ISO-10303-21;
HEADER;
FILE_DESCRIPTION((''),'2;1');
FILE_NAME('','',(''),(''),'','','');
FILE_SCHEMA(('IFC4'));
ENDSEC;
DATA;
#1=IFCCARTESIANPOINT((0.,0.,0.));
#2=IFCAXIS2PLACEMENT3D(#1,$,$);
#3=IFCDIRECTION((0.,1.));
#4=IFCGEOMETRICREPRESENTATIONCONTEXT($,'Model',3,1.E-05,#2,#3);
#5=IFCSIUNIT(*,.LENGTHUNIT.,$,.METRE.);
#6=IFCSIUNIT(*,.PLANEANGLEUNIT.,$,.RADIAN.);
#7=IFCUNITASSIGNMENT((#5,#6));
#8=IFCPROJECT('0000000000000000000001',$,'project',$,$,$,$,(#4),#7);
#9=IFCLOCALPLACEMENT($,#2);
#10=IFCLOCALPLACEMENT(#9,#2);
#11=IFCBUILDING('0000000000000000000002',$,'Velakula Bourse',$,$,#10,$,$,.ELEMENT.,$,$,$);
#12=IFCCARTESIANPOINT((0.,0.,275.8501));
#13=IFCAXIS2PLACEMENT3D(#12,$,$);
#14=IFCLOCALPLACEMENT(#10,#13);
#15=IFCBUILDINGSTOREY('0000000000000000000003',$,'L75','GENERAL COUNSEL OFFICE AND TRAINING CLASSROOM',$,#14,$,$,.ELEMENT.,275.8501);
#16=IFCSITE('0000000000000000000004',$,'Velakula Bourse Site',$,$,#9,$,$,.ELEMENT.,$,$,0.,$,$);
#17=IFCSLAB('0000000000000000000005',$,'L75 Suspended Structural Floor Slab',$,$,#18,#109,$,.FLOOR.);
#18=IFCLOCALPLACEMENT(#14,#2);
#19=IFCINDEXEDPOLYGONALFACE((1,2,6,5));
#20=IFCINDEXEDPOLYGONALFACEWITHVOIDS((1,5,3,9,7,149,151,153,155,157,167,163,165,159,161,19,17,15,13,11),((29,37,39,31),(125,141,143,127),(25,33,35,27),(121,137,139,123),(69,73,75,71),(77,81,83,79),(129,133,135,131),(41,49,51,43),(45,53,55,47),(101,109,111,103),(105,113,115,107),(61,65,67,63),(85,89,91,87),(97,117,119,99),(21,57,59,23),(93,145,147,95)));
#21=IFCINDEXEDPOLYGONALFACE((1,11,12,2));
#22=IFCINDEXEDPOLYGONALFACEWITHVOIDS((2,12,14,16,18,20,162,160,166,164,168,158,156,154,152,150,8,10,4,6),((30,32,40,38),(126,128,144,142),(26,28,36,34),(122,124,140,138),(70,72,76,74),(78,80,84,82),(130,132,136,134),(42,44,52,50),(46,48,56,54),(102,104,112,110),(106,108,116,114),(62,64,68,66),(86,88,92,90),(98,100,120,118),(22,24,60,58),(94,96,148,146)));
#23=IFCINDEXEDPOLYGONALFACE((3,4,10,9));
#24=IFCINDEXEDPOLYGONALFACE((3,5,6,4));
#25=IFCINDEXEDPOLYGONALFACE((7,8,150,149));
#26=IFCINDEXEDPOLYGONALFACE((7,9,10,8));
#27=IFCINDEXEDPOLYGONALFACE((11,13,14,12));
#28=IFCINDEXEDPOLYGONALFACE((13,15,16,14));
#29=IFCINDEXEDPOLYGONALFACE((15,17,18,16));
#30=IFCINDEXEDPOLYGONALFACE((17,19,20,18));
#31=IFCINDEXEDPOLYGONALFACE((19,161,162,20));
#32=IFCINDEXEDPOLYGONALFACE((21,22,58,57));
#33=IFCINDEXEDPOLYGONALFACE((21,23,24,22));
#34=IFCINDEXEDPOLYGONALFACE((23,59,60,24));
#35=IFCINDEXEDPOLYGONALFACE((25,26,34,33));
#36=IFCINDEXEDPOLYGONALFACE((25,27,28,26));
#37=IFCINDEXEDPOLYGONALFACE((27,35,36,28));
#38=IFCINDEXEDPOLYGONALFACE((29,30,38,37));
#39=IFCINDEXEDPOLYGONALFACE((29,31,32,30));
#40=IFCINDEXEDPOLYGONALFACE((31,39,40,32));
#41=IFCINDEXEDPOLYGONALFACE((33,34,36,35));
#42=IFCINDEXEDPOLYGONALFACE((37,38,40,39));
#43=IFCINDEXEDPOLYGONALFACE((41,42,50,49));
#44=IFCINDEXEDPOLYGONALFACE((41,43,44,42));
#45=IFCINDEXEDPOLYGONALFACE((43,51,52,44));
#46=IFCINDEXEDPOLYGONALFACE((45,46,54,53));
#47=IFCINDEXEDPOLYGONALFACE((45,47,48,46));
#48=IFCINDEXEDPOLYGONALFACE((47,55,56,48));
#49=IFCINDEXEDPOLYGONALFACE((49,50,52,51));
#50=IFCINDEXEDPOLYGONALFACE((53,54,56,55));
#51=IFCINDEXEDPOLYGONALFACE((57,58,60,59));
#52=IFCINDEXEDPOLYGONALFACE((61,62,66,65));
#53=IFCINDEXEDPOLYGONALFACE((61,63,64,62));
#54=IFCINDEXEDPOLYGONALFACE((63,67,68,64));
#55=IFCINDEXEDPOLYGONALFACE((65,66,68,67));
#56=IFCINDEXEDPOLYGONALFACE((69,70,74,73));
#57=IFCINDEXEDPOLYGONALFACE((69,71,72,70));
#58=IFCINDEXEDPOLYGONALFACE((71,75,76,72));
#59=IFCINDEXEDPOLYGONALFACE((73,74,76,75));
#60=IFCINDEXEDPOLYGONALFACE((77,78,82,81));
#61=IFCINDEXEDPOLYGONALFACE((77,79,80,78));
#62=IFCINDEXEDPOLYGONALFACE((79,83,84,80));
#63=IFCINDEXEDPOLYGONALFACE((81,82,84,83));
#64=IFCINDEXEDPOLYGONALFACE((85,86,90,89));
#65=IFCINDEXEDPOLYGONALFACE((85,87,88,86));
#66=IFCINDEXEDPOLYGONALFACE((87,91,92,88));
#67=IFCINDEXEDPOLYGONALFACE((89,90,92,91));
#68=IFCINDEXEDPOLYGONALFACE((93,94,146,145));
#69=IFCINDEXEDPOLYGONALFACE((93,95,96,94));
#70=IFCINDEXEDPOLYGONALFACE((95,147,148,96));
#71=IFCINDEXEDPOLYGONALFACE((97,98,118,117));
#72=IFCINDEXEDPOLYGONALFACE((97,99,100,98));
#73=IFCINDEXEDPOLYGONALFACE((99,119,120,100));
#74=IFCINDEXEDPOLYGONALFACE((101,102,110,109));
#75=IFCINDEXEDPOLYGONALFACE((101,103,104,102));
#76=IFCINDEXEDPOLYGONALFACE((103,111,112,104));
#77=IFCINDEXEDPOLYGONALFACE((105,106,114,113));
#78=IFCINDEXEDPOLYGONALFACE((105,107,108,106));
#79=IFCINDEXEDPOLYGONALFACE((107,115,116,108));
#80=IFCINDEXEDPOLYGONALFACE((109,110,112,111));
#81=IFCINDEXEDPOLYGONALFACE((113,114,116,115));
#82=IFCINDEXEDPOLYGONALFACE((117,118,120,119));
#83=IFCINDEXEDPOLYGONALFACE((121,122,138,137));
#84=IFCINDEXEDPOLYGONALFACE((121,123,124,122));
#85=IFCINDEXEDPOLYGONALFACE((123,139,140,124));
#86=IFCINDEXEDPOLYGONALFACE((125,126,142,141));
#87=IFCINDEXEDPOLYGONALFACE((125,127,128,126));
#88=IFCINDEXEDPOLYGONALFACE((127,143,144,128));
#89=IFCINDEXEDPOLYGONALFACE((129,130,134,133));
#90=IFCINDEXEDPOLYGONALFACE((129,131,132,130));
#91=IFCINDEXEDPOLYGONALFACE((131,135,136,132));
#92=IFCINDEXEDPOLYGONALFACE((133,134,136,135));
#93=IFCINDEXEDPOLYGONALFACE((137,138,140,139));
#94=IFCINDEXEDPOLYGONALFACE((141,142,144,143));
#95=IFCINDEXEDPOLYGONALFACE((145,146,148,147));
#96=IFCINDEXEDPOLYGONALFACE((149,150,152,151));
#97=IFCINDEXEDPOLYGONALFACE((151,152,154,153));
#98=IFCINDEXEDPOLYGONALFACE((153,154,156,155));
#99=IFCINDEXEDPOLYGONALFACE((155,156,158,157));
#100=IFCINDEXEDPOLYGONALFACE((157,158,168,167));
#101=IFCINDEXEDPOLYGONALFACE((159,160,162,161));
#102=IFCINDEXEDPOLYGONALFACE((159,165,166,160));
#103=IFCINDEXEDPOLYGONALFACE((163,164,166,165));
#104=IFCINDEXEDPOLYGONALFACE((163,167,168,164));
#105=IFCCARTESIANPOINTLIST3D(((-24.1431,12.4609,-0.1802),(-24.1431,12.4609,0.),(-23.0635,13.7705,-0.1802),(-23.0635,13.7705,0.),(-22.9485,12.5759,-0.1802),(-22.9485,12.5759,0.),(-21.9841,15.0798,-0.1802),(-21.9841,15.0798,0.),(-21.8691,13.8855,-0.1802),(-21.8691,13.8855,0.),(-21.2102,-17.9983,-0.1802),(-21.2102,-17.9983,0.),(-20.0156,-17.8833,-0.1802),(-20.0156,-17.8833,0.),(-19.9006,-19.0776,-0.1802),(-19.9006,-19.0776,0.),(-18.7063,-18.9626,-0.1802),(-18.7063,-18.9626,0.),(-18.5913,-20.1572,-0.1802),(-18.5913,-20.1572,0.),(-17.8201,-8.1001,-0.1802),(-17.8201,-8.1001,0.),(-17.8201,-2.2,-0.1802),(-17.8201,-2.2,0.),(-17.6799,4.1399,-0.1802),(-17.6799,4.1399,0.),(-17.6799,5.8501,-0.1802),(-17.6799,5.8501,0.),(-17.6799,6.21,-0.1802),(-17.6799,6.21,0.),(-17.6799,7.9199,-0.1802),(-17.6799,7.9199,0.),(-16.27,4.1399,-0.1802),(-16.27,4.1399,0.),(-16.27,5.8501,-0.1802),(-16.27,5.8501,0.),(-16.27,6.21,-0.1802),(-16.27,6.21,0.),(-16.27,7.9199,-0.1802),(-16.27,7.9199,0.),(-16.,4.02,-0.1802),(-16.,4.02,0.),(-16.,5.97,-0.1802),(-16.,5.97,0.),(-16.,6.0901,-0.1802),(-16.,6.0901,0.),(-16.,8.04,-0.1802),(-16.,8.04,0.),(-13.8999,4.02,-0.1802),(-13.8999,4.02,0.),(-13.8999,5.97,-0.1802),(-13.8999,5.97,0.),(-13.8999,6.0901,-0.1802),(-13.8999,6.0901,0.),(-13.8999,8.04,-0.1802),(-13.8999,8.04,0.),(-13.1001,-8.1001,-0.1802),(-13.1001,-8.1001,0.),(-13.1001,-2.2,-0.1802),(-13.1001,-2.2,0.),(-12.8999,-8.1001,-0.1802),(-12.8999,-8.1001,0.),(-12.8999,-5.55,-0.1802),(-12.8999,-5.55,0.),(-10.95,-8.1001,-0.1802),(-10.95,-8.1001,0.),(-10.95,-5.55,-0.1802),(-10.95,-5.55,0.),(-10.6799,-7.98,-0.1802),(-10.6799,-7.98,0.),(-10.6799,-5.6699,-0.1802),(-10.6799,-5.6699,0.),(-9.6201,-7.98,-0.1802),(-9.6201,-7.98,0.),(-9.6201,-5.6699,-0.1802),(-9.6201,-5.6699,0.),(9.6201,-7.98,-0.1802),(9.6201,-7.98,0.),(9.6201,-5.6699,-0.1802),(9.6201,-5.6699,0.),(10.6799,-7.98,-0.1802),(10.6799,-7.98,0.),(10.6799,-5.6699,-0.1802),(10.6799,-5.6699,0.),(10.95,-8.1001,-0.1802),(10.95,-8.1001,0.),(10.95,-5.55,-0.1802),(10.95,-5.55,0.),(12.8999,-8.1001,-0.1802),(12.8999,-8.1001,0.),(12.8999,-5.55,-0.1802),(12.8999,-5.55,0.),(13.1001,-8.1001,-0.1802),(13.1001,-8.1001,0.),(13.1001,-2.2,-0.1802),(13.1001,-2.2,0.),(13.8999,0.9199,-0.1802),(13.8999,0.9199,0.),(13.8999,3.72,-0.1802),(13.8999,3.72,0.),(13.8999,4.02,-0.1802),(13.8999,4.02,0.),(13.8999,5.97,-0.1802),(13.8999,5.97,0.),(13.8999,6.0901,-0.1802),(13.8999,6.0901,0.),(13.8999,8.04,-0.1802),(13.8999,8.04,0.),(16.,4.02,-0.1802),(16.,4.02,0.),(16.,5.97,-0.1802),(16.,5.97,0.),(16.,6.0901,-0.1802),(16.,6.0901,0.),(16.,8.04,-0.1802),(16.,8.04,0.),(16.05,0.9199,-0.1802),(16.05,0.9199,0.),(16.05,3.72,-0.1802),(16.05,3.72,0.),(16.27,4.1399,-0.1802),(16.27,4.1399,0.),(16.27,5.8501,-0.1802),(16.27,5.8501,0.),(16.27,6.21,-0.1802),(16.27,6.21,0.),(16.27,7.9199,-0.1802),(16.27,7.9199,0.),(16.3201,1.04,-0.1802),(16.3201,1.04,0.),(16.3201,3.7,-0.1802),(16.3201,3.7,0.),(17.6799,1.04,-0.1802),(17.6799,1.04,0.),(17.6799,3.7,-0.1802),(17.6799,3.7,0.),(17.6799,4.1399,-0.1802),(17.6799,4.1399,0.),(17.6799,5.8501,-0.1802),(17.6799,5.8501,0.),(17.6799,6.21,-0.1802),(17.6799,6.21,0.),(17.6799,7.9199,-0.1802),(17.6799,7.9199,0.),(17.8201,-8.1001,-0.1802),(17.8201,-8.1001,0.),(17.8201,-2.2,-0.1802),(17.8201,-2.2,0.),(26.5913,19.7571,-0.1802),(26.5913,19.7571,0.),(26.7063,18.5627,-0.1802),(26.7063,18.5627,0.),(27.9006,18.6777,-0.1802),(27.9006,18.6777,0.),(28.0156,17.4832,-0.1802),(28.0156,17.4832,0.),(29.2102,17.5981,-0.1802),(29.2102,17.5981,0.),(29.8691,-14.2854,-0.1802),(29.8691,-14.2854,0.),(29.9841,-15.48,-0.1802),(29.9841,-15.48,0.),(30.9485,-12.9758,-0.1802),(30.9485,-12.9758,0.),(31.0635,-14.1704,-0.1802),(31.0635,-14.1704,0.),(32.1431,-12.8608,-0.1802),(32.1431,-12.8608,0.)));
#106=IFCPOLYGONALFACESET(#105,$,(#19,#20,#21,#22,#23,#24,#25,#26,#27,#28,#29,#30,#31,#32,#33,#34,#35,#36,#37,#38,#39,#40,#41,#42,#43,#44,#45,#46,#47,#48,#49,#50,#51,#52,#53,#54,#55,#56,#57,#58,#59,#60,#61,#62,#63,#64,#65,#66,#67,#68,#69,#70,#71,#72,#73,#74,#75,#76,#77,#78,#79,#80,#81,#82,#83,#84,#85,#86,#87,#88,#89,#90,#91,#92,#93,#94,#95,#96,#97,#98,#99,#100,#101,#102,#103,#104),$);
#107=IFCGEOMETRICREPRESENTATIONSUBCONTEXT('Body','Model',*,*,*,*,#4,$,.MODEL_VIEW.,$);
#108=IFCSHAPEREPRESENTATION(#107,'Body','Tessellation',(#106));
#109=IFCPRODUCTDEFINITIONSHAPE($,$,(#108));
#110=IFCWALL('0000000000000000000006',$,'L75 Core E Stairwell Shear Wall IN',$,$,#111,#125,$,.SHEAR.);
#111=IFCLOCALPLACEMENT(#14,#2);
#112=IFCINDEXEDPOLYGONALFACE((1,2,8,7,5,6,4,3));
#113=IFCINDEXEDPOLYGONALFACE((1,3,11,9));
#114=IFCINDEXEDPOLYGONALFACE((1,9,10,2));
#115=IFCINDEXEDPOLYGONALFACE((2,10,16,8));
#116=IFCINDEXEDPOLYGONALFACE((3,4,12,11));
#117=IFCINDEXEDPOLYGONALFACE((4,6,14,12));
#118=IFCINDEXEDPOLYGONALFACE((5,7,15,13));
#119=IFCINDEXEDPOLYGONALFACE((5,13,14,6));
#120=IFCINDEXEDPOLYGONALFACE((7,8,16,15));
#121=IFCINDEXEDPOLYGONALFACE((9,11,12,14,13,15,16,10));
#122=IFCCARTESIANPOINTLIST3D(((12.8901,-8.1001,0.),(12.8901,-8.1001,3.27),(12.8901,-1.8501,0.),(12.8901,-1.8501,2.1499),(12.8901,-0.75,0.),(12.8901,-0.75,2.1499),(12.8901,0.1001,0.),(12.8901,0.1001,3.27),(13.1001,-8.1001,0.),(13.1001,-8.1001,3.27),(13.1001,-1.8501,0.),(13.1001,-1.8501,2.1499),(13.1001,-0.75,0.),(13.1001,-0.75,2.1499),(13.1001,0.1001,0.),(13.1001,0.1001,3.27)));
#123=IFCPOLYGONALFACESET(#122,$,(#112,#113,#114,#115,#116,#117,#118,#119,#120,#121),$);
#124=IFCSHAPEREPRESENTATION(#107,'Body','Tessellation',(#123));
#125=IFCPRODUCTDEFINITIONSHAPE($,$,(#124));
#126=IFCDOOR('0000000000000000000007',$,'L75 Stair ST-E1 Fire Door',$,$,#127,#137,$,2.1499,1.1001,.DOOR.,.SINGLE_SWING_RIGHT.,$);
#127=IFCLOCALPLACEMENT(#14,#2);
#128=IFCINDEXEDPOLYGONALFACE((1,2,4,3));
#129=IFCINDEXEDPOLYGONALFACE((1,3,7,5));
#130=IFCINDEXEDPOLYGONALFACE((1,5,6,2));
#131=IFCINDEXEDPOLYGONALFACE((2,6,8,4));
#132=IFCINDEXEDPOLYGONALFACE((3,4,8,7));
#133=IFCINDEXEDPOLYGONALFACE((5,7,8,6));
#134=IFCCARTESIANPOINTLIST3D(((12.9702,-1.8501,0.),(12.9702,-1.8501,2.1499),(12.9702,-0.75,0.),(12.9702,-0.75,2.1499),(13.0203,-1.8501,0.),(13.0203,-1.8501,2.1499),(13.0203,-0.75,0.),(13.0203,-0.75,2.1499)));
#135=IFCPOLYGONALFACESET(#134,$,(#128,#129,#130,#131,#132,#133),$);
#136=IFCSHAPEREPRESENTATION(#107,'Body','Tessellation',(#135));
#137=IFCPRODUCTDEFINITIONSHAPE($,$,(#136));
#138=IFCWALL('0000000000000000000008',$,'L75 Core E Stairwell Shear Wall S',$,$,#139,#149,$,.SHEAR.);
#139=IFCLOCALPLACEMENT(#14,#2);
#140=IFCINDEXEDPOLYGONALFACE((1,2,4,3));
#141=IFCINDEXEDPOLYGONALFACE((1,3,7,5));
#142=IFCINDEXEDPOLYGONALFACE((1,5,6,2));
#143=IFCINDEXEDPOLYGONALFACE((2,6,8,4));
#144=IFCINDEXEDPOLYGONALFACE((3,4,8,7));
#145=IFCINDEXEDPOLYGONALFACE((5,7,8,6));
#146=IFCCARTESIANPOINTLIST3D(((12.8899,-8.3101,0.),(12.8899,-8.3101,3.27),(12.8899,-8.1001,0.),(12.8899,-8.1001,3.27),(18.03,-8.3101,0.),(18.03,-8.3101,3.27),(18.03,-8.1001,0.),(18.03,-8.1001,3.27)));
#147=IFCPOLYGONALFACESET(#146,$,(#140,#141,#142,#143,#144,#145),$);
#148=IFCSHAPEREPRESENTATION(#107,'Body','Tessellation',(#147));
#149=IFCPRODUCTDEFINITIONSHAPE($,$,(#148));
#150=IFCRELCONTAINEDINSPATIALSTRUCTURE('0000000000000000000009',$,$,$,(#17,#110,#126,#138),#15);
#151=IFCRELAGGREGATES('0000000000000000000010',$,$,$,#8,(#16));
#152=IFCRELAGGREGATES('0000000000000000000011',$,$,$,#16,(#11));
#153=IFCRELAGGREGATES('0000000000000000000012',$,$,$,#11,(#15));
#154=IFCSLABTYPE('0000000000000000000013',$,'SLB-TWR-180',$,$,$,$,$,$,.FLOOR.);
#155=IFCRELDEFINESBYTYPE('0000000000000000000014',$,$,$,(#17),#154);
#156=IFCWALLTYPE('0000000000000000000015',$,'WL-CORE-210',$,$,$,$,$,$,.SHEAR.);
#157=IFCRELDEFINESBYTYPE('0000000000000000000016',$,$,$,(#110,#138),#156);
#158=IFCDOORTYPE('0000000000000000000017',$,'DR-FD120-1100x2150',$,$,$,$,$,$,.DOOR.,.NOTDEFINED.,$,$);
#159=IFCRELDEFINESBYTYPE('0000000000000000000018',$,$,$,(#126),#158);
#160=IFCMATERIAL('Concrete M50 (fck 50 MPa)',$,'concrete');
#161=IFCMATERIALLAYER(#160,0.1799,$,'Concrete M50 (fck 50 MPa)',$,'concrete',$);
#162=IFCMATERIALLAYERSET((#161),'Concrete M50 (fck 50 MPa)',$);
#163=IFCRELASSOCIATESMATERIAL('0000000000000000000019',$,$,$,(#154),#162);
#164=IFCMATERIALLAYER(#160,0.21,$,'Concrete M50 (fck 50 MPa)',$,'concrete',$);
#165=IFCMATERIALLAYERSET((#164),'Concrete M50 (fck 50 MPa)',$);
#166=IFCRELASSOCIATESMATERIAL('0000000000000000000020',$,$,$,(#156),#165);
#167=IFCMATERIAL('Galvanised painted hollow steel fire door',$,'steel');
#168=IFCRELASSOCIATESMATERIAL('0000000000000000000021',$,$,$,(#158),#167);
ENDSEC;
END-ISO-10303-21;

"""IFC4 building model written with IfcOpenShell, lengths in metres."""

from ifc_helpers import new_model, si_unit, direction, frame, frame_2d, origin, place, context, subcontext, project, spatial, polyline, rectangle, outline, extrude, material, layer, layer_set, type_object, element, fill, save


model = new_model("IFC4")

# Units and contexts
model_context = context("Model", 3, precision=1e-05, world=origin(), true_north=direction((0.0, 1.0)))
body_context = subcontext(model_context, "Body", "Model", "MODEL_VIEW")
ifc_project = project(units=[si_unit("LENGTHUNIT", "METRE"), si_unit("PLANEANGLEUNIT", "RADIAN")], contexts=[model_context])

# Site, building, storey
site_placement = place(None, origin())
site = spatial("IfcSite", under=ifc_project, at=site_placement, Name="Velakula Bourse Site", CompositionType="ELEMENT", RefElevation=0.0)
building_placement = place(site_placement, origin())
building = spatial("IfcBuilding", under=site, at=building_placement, Name="Velakula Bourse", CompositionType="ELEMENT")
storey_placement = place(building_placement, frame((0.0, 0.0, 275.8501)))
storey = spatial("IfcBuildingStorey", under=building, at=storey_placement, Name="L75", Description="GENERAL COUNSEL OFFICE AND TRAINING CLASSROOM", CompositionType="ELEMENT", Elevation=275.8501)

# Shared definitions
ifc_material_1 = material(Name="Concrete M50 (fck 50 MPa)", Category="concrete")

# Slab
ifc_layer_1 = layer(ifc_material_1, 0.1799, Name="Concrete M50 (fck 50 MPa)", Category="concrete")
ifc_layer_set_1 = layer_set([ifc_layer_1], Name="Concrete M50 (fck 50 MPa)")
slab_type_1 = type_object("IfcSlabType", Name="SLB-TWR-180", PredefinedType="FLOOR", material=ifc_layer_set_1)
slab_1_placement = place(storey_placement, frame((0.0, 0.0, -0.1802)))
element("IfcSlab", 1, at=slab_1_placement, inside=storey, type_object=slab_type_1, Name="L75 Suspended Structural Floor Slab", PredefinedType="FLOOR", context=body_context, shape_type="SweptSolid", body=[
    extrude(outline(polyline([(-18.5913, -20.1572), (29.9841, -15.48), (29.8691, -14.2854), (31.0635, -14.1704), (30.9485, -12.9758), (32.1431, -12.8608), (29.2102, 17.5981), (28.0156, 17.4832), (27.9006, 18.6777), (26.7063, 18.5627), (26.5913, 19.7571), (-21.9841, 15.0798), (-21.8691, 13.8855), (-23.0635, 13.7705), (-22.9485, 12.5759), (-24.1431, 12.4609), (-21.2102, -17.9983), (-20.0156, -17.8833), (-19.9006, -19.0776), (-18.7063, -18.9626), (-18.5913, -20.1572)]), holes=[polyline([(-17.8201, -8.1001), (-13.1001, -8.1001), (-13.1001, -2.2), (-17.8201, -2.2), (-17.8201, -8.1001)]), polyline([(13.1001, -8.1001), (17.8201, -8.1001), (17.8201, -2.2), (13.1001, -2.2), (13.1001, -8.1001)]), polyline([(-12.8999, -8.1001), (-10.95, -8.1001), (-10.95, -5.55), (-12.8999, -5.55), (-12.8999, -8.1001)]), polyline([(10.95, -8.1001), (12.8999, -8.1001), (12.8999, -5.55), (10.95, -5.55), (10.95, -8.1001)]), polyline([(13.8999, 0.9199), (16.05, 0.9199), (16.05, 3.72), (13.8999, 3.72), (13.8999, 0.9199)]), polyline([(-10.6799, -7.98), (-9.6201, -7.98), (-9.6201, -5.6699), (-10.6799, -5.6699), (-10.6799, -7.98)]), polyline([(-17.6799, 4.1399), (-16.27, 4.1399), (-16.27, 5.8501), (-17.6799, 5.8501), (-17.6799, 4.1399)]), polyline([(-17.6799, 6.21), (-16.27, 6.21), (-16.27, 7.9199), (-17.6799, 7.9199), (-17.6799, 6.21)]), polyline([(9.6201, -7.98), (10.6799, -7.98), (10.6799, -5.6699), (9.6201, -5.6699), (9.6201, -7.98)]), polyline([(16.27, 4.1399), (17.6799, 4.1399), (17.6799, 5.8501), (16.27, 5.8501), (16.27, 4.1399)]), polyline([(16.27, 6.21), (17.6799, 6.21), (17.6799, 7.9199), (16.27, 7.9199), (16.27, 6.21)]), polyline([(16.3201, 1.04), (17.6799, 1.04), (17.6799, 3.7), (16.3201, 3.7), (16.3201, 1.04)]), polyline([(-16.0, 4.02), (-13.8999, 4.02), (-13.8999, 5.97), (-16.0, 5.97), (-16.0, 4.02)]), polyline([(-16.0, 6.0901), (-13.8999, 6.0901), (-13.8999, 8.04), (-16.0, 8.04), (-16.0, 6.0901)]), polyline([(13.8999, 4.02), (16.0, 4.02), (16.0, 5.97), (13.8999, 5.97), (13.8999, 4.02)]), polyline([(13.8999, 6.0901), (16.0, 6.0901), (16.0, 8.04), (13.8999, 8.04), (13.8999, 6.0901)])]), origin(), (0.0, 0.0, 1.0), 0.1802),
])

# Wall, opening, door
ifc_layer_2 = layer(ifc_material_1, 0.21, Name="Concrete M50 (fck 50 MPa)", Category="concrete")
ifc_layer_set_2 = layer_set([ifc_layer_2], Name="Concrete M50 (fck 50 MPa)")
wall_type_1 = type_object("IfcWallType", Name="WL-CORE-210", PredefinedType="SHEAR", material=ifc_layer_set_2)
wall_1_placement = place(storey_placement, frame((12.9951, -8.1001, 0.0), z_axis=(0.0, 0.0, 1.0), x_axis=(0.0, 1.0, 0.0)))
wall_1 = element("IfcWall", 2, at=wall_1_placement, inside=storey, type_object=wall_type_1, Name="L75 Core E Stairwell Shear Wall IN", PredefinedType="SHEAR", context=body_context, shape_type="SweptSolid", body=[
    extrude(rectangle(XDim=8.2002, YDim=0.21, at=frame_2d((4.1001, 0.0))), origin(), (0.0, 0.0, 1.0), 3.27),
])
opening_1_placement = place(wall_1_placement, frame((6.25, 0.0, 0.0)))
opening_1 = element("IfcOpeningElement", 3, at=opening_1_placement, cuts=wall_1, PredefinedType="OPENING", context=body_context, shape_type="SweptSolid", body=[
    extrude(rectangle(XDim=1.1001, YDim=2.1499, at=frame_2d((0.55, 1.075))), frame((0.0, 0.115, 0.0), z_axis=(0.0, -1.0, 0.0), x_axis=(1.0, 0.0, 0.0)), (0.0, 0.0, 1.0), 0.23),
])
ifc_material_2 = material(Name="Galvanised painted hollow steel fire door", Category="steel")
door_type_1 = type_object("IfcDoorType", Name="DR-FD120-1100x2150", OperationType="NOTDEFINED", PredefinedType="DOOR", material=ifc_material_2)
door_1_placement = place(opening_1_placement, origin())
door_1 = element("IfcDoor", 4, at=door_1_placement, inside=storey, type_object=door_type_1, Name="L75 Stair ST-E1 Fire Door", OperationType="SINGLE_SWING_RIGHT", OverallHeight=2.1499, OverallWidth=1.1001, PredefinedType="DOOR", context=body_context, shape_type="SweptSolid", body=[
    extrude(rectangle(XDim=1.1001, YDim=2.1499, at=frame_2d((0.55, 1.075))), frame((0.0, 0.0249, 0.0), z_axis=(0.0, -1.0, 0.0), x_axis=(1.0, 0.0, 0.0)), (0.0, 0.0, 1.0), 0.05),
])
fill(opening_1, door_1)

# Wall
wall_2_placement = place(storey_placement, frame((12.8899, -8.2051, 0.0), z_axis=(0.0, 0.0, 1.0), x_axis=(1.0, 0.0, 0.0)))
element("IfcWall", 5, at=wall_2_placement, inside=storey, type_object=wall_type_1, Name="L75 Core E Stairwell Shear Wall S", PredefinedType="SHEAR", context=body_context, shape_type="SweptSolid", body=[
    extrude(rectangle(XDim=5.1401, YDim=0.21, at=frame_2d((2.5701, 0.0))), origin(), (0.0, 0.0, 1.0), 3.27),
])

save(model, "model.ifc")
